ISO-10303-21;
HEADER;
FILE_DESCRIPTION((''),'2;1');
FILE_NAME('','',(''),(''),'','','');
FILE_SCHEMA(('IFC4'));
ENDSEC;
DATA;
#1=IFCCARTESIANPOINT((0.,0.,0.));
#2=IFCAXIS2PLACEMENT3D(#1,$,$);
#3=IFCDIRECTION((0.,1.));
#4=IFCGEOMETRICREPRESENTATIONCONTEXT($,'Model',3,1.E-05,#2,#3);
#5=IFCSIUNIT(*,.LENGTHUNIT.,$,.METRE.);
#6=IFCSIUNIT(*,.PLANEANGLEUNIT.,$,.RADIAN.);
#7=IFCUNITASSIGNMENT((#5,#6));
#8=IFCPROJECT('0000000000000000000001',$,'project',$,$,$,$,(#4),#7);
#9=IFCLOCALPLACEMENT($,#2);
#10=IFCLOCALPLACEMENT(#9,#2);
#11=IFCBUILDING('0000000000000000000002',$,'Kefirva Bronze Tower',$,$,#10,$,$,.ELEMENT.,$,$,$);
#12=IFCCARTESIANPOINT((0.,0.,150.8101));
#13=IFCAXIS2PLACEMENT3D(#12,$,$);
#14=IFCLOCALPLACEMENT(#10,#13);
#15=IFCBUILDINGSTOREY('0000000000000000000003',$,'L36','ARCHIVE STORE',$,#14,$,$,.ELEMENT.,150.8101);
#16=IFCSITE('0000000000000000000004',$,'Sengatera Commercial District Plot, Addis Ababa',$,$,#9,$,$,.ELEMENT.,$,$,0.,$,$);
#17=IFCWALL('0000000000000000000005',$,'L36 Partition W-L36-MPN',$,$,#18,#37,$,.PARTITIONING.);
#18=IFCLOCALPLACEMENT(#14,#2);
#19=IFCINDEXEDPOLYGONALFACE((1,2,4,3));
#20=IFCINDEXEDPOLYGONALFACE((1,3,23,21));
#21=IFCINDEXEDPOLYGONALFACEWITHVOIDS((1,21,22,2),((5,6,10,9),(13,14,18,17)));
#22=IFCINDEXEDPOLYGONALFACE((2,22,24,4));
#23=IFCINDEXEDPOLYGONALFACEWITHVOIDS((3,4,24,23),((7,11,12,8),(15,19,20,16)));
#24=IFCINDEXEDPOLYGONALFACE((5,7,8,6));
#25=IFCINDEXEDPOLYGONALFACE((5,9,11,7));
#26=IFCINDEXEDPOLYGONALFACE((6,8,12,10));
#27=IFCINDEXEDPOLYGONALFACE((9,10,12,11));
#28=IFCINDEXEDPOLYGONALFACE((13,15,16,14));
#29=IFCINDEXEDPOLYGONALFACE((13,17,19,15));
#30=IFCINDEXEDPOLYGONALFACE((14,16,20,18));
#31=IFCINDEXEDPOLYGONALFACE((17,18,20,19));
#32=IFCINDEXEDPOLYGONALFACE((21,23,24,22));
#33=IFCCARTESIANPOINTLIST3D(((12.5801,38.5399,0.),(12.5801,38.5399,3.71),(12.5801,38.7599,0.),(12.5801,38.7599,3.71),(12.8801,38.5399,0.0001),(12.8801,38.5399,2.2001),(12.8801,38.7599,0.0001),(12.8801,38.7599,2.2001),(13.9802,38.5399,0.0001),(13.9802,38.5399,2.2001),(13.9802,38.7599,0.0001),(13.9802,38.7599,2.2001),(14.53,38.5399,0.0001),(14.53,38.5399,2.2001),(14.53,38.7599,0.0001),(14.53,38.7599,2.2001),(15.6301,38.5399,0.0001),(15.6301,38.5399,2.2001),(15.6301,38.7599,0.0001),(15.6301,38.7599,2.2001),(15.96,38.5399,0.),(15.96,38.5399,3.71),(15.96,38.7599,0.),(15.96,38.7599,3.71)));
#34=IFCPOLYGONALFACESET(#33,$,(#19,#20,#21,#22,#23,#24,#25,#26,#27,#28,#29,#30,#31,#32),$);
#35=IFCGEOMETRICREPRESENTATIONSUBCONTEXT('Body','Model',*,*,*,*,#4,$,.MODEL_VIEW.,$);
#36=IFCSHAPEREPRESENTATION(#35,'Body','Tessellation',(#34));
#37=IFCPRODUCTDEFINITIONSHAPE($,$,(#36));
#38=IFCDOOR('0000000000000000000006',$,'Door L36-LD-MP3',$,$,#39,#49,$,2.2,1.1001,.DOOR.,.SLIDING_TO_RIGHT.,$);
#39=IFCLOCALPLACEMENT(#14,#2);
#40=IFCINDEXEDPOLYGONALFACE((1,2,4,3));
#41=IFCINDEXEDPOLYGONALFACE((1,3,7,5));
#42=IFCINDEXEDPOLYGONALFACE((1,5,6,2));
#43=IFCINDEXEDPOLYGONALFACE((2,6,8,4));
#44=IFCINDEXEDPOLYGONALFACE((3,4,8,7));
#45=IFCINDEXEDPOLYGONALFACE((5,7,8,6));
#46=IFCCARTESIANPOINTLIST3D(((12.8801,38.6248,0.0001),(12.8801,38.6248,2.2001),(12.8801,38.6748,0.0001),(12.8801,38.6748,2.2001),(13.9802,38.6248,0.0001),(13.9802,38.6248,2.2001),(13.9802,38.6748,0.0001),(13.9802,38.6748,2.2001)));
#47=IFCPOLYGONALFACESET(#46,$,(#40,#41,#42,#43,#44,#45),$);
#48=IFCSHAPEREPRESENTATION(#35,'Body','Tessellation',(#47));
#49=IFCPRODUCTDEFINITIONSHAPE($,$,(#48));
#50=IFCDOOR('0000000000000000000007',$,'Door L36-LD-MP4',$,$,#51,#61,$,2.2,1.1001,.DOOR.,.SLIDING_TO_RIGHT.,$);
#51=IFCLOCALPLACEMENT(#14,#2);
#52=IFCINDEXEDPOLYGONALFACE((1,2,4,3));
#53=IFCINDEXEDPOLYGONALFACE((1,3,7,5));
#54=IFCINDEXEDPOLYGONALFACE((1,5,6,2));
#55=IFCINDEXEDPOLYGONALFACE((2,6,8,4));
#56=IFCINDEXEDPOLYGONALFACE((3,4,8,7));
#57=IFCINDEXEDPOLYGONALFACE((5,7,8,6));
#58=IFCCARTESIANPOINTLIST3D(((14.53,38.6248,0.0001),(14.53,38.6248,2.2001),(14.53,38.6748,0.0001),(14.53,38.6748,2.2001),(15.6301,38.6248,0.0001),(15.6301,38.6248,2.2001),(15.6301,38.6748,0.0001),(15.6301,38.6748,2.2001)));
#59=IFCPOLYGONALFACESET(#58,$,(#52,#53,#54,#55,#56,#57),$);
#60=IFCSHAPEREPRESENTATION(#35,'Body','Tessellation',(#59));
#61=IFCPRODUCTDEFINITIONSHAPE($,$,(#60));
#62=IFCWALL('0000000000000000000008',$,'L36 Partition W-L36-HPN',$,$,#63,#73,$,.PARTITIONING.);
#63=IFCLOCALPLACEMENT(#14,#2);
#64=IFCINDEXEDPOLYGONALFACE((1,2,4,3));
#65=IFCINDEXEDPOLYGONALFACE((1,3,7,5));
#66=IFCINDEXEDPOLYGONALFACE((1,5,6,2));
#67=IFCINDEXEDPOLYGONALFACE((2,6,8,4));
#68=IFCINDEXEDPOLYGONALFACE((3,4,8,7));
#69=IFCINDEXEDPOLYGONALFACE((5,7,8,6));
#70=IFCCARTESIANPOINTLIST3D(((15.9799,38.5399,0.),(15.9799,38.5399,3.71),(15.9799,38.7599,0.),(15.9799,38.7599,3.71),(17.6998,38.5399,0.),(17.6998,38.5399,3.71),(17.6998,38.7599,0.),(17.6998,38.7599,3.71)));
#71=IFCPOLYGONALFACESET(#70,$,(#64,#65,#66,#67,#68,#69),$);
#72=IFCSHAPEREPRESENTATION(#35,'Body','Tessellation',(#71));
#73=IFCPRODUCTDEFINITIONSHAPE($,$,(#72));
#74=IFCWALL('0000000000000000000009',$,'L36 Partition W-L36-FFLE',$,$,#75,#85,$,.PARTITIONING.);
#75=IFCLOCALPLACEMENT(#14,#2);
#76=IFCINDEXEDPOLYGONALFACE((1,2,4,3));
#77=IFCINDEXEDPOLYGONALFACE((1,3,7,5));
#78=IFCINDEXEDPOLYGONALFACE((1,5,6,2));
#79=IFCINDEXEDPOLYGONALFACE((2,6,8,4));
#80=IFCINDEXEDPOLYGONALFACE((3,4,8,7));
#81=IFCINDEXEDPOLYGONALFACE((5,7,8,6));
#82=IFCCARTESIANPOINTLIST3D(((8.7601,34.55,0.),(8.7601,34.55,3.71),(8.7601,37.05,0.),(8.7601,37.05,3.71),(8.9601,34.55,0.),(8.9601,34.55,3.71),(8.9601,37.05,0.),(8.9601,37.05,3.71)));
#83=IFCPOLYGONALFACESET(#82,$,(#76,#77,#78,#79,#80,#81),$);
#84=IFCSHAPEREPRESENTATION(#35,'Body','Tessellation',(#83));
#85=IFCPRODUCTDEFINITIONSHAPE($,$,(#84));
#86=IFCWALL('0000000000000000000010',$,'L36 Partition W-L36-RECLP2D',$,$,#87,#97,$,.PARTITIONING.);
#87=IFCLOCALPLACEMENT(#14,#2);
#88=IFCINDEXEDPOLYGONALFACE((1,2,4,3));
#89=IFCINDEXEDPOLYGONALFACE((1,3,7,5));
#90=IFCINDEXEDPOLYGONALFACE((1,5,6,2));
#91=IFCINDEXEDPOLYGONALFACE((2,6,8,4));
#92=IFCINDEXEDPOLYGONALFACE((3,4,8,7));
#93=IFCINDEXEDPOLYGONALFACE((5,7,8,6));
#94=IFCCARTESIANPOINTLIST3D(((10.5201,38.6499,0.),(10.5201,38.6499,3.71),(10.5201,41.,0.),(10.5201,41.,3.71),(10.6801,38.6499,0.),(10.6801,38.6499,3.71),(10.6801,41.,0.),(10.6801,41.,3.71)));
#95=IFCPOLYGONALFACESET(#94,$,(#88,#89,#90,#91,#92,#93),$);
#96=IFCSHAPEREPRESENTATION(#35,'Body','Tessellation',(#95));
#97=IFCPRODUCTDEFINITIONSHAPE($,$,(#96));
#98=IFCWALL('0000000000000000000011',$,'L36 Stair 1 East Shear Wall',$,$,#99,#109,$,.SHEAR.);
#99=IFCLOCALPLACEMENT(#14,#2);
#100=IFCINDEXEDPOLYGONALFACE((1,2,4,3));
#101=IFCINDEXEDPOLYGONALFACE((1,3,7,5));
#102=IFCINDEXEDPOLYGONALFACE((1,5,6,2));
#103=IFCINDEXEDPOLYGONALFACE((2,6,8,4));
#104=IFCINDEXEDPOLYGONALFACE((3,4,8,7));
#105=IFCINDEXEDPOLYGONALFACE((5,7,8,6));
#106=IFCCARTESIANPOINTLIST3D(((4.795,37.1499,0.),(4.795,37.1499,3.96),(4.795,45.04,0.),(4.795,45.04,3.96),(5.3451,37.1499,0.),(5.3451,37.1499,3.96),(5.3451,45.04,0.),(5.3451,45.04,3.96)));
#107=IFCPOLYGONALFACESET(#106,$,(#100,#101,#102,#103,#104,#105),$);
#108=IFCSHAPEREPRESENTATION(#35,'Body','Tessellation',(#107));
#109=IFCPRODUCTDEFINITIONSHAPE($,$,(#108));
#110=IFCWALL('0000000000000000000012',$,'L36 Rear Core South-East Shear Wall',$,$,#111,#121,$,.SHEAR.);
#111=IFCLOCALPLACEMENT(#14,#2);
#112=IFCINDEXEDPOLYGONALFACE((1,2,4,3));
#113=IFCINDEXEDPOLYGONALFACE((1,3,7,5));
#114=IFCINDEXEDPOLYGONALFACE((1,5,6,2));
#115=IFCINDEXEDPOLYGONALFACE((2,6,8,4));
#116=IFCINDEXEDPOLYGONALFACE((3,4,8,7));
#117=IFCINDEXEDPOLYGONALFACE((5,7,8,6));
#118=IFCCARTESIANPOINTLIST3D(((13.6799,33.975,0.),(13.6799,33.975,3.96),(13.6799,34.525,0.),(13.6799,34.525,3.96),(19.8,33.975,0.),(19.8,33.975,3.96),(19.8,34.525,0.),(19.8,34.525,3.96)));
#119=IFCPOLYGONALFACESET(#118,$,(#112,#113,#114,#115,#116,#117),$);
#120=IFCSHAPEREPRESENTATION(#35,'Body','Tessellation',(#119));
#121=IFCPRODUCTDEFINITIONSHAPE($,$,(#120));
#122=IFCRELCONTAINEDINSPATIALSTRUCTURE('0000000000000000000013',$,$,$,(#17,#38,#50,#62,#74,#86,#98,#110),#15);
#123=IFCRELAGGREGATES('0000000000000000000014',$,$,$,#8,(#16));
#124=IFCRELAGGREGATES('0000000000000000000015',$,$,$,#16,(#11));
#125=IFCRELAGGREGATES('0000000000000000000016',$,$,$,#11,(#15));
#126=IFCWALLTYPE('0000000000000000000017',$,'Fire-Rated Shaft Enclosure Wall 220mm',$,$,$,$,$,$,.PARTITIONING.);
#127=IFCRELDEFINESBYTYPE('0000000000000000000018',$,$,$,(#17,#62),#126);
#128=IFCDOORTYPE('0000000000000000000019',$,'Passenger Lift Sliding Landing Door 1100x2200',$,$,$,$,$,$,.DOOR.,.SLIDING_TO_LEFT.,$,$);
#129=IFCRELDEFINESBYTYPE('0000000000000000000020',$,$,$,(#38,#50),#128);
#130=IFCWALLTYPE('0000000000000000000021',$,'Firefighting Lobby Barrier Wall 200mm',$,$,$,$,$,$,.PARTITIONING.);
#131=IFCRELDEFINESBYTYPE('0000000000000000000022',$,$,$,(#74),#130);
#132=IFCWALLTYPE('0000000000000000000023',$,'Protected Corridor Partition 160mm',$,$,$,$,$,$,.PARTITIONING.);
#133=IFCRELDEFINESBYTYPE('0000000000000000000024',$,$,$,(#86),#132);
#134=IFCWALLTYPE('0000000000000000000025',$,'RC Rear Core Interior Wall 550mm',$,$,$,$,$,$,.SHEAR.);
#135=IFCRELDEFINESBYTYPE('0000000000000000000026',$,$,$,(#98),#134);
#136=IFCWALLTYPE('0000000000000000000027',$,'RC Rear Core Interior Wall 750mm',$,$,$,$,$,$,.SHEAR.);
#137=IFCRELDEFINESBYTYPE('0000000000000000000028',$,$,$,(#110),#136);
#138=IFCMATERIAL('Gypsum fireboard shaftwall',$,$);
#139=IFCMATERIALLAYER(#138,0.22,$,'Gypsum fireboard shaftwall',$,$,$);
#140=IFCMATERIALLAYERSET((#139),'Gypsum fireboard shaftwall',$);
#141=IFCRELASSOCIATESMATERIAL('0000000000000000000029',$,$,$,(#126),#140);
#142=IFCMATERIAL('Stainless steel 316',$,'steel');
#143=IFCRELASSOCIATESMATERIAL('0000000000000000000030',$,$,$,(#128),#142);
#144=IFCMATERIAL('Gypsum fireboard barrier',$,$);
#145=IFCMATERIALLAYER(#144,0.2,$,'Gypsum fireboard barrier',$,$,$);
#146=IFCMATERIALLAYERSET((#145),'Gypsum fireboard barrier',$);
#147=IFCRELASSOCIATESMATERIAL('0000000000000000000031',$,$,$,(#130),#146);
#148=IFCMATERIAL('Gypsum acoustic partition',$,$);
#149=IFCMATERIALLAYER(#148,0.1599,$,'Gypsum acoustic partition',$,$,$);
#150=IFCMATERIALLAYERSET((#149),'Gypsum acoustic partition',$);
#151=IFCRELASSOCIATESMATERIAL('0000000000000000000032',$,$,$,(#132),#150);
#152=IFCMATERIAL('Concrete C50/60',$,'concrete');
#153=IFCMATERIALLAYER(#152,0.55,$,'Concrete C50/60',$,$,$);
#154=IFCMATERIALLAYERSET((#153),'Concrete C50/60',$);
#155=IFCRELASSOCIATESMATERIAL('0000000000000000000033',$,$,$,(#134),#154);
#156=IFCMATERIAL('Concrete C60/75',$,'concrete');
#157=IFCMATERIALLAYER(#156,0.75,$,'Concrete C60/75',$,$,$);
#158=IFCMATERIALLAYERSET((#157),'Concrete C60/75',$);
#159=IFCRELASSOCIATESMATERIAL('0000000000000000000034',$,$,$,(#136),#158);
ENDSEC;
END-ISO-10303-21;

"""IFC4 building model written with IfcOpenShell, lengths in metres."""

from ifc_helpers import new_model, si_unit, direction, frame, frame_2d, origin, place, context, subcontext, project, spatial, rectangle, extrude, material, layer, layer_set, type_object, element, fill, save


model = new_model("IFC4")

# Units and contexts
model_context = context("Model", 3, precision=1e-05, world=origin(), true_north=direction((0.0, 1.0)))
body_context = subcontext(model_context, "Body", "Model", "MODEL_VIEW")
ifc_project = project(units=[si_unit("LENGTHUNIT", "METRE"), si_unit("PLANEANGLEUNIT", "RADIAN")], contexts=[model_context])

# Site, building, storey
site_placement = place(None, origin())
site = spatial("IfcSite", under=ifc_project, at=site_placement, Name="Sengatera Commercial District Plot, Addis Ababa", CompositionType="ELEMENT", RefElevation=0.0)
building_placement = place(site_placement, origin())
building = spatial("IfcBuilding", under=site, at=building_placement, Name="Kefirva Bronze Tower", CompositionType="ELEMENT")
storey_placement = place(building_placement, frame((0.0, 0.0, 150.8101)))
storey = spatial("IfcBuildingStorey", under=building, at=storey_placement, Name="L36", Description="ARCHIVE STORE", CompositionType="ELEMENT", Elevation=150.8101)

# Shared definitions
ifc_material_1 = material(Name="Gypsum fireboard shaftwall")
ifc_layer_1 = layer(ifc_material_1, 0.22, Name="Gypsum fireboard shaftwall")
ifc_layer_set_1 = layer_set([ifc_layer_1], Name="Gypsum fireboard shaftwall")
wall_type_1 = type_object("IfcWallType", Name="Fire-Rated Shaft Enclosure Wall 220mm", PredefinedType="PARTITIONING", material=ifc_layer_set_1)
ifc_material_2 = material(Name="Stainless steel 316", Category="steel")

# Wall, openings, doors
door_type_1 = type_object("IfcDoorType", Name="Passenger Lift Sliding Landing Door 1100x2200", OperationType="SLIDING_TO_LEFT", PredefinedType="DOOR", material=ifc_material_2)
wall_1_placement = place(storey_placement, frame((12.5801, 38.6499, 0.0), z_axis=(0.0, 0.0, 1.0), x_axis=(1.0, 0.0, 0.0)))
wall_1 = element("IfcWall", 1, at=wall_1_placement, inside=storey, type_object=wall_type_1, Name="L36 Partition W-L36-MPN", PredefinedType="PARTITIONING", context=body_context, shape_type="SweptSolid", body=[
    extrude(rectangle(XDim=3.3799, YDim=0.22, at=frame_2d((1.6899, 0.0))), origin(), (0.0, 0.0, 1.0), 3.71),
])
opening_1_placement = place(wall_1_placement, frame((0.3, 0.0, 0.0)))
opening_1 = element("IfcOpeningElement", 2, at=opening_1_placement, cuts=wall_1, PredefinedType="OPENING", context=body_context, shape_type="SweptSolid", body=[
    extrude(rectangle(XDim=1.1001, YDim=2.2, at=frame_2d((0.55, 1.1001))), frame((0.0, 0.1201, 0.0), z_axis=(0.0, -1.0, 0.0), x_axis=(1.0, 0.0, 0.0)), (0.0, 0.0, 1.0), 0.24),
])
opening_2_placement = place(wall_1_placement, frame((1.95, 0.0, 0.0)))
opening_2 = element("IfcOpeningElement", 3, at=opening_2_placement, cuts=wall_1, PredefinedType="OPENING", context=body_context, shape_type="SweptSolid", body=[
    extrude(rectangle(XDim=1.1001, YDim=2.2, at=frame_2d((0.55, 1.1001))), frame((0.0, 0.1201, 0.0), z_axis=(0.0, -1.0, 0.0), x_axis=(1.0, 0.0, 0.0)), (0.0, 0.0, 1.0), 0.24),
])
door_1_placement = place(opening_1_placement, origin())
door_1 = element("IfcDoor", 4, at=door_1_placement, inside=storey, type_object=door_type_1, Name="Door L36-LD-MP3", OperationType="SLIDING_TO_RIGHT", OverallHeight=2.2, OverallWidth=1.1001, PredefinedType="DOOR", context=body_context, shape_type="SweptSolid", body=[
    extrude(rectangle(XDim=1.1001, YDim=2.2, at=frame_2d((0.55, 1.1001))), frame((0.0, 0.0249, 0.0), z_axis=(0.0, -1.0, 0.0), x_axis=(1.0, 0.0, 0.0)), (0.0, 0.0, 1.0), 0.05),
])
fill(opening_1, door_1)
door_2_placement = place(opening_2_placement, origin())
door_2 = element("IfcDoor", 5, at=door_2_placement, inside=storey, type_object=door_type_1, Name="Door L36-LD-MP4", OperationType="SLIDING_TO_RIGHT", OverallHeight=2.2, OverallWidth=1.1001, PredefinedType="DOOR", context=body_context, shape_type="SweptSolid", body=[
    extrude(rectangle(XDim=1.1001, YDim=2.2, at=frame_2d((0.55, 1.1001))), frame((0.0, 0.0249, 0.0), z_axis=(0.0, -1.0, 0.0), x_axis=(1.0, 0.0, 0.0)), (0.0, 0.0, 1.0), 0.05),
])
fill(opening_2, door_2)

# Walls
wall_2_placement = place(storey_placement, frame((15.98, 38.6499, 0.0), z_axis=(0.0, 0.0, 1.0), x_axis=(1.0, 0.0, 0.0)))
element("IfcWall", 6, at=wall_2_placement, inside=storey, type_object=wall_type_1, Name="L36 Partition W-L36-HPN", PredefinedType="PARTITIONING", context=body_context, shape_type="SweptSolid", body=[
    extrude(rectangle(XDim=1.72, YDim=0.22, at=frame_2d((0.8599, 0.0))), origin(), (0.0, 0.0, 1.0), 3.71),
])
ifc_material_3 = material(Name="Gypsum fireboard barrier")
ifc_layer_2 = layer(ifc_material_3, 0.2, Name="Gypsum fireboard barrier")
ifc_layer_set_2 = layer_set([ifc_layer_2], Name="Gypsum fireboard barrier")
wall_type_2 = type_object("IfcWallType", Name="Firefighting Lobby Barrier Wall 200mm", PredefinedType="PARTITIONING", material=ifc_layer_set_2)
wall_3_placement = place(storey_placement, frame((8.8601, 34.55, 0.0), z_axis=(0.0, 0.0, 1.0), x_axis=(0.0, 1.0, 0.0)))
element("IfcWall", 7, at=wall_3_placement, inside=storey, type_object=wall_type_2, Name="L36 Partition W-L36-FFLE", PredefinedType="PARTITIONING", context=body_context, shape_type="SweptSolid", body=[
    extrude(rectangle(XDim=2.5, YDim=0.2, at=frame_2d((1.25, 0.0))), origin(), (0.0, 0.0, 1.0), 3.71),
])

# Shared definitions
ifc_material_4 = material(Name="Gypsum acoustic partition")
ifc_layer_3 = layer(ifc_material_4, 0.1599, Name="Gypsum acoustic partition")
ifc_layer_set_3 = layer_set([ifc_layer_3], Name="Gypsum acoustic partition")
wall_type_3 = type_object("IfcWallType", Name="Protected Corridor Partition 160mm", PredefinedType="PARTITIONING", material=ifc_layer_set_3)

# Walls
wall_4_placement = place(storey_placement, frame((10.6001, 38.6499, 0.0), z_axis=(0.0, 0.0, 1.0), x_axis=(0.0, 1.0, 0.0)))
element("IfcWall", 8, at=wall_4_placement, inside=storey, type_object=wall_type_3, Name="L36 Partition W-L36-RECLP2D", PredefinedType="PARTITIONING", context=body_context, shape_type="SweptSolid", body=[
    extrude(rectangle(XDim=2.3501, YDim=0.1599, at=frame_2d((1.175, 0.0))), origin(), (0.0, 0.0, 1.0), 3.71),
])
ifc_material_5 = material(Name="Concrete C50/60", Category="concrete")
ifc_layer_4 = layer(ifc_material_5, 0.55, Name="Concrete C50/60")
ifc_layer_set_4 = layer_set([ifc_layer_4], Name="Concrete C50/60")
wall_type_4 = type_object("IfcWallType", Name="RC Rear Core Interior Wall 550mm", PredefinedType="SHEAR", material=ifc_layer_set_4)
wall_5_placement = place(storey_placement, frame((5.0701, 37.1499, 0.0), z_axis=(0.0, 0.0, 1.0), x_axis=(0.0, 1.0, 0.0)))
element("IfcWall", 9, at=wall_5_placement, inside=storey, type_object=wall_type_4, Name="L36 Stair 1 East Shear Wall", PredefinedType="SHEAR", context=body_context, shape_type="SweptSolid", body=[
    extrude(rectangle(XDim=7.8901, YDim=0.55, at=frame_2d((3.9451, 0.0))), origin(), (0.0, 0.0, 1.0), 3.96),
])
ifc_material_6 = material(Name="Concrete C60/75", Category="concrete")
ifc_layer_5 = layer(ifc_material_6, 0.75, Name="Concrete C60/75")
ifc_layer_set_5 = layer_set([ifc_layer_5], Name="Concrete C60/75")
wall_type_5 = type_object("IfcWallType", Name="RC Rear Core Interior Wall 750mm", PredefinedType="SHEAR", material=ifc_layer_set_5)
wall_6_placement = place(storey_placement, frame((13.6799, 34.25, 0.0), z_axis=(0.0, 0.0, 1.0), x_axis=(1.0, 0.0, 0.0)))
element("IfcWall", 10, at=wall_6_placement, inside=storey, type_object=wall_type_5, Name="L36 Rear Core South-East Shear Wall", PredefinedType="SHEAR", context=body_context, shape_type="SweptSolid", body=[
    extrude(rectangle(XDim=6.1201, YDim=0.55, at=frame_2d((3.0601, 0.0))), origin(), (0.0, 0.0, 1.0), 3.96),
])

save(model, "model.ifc")
